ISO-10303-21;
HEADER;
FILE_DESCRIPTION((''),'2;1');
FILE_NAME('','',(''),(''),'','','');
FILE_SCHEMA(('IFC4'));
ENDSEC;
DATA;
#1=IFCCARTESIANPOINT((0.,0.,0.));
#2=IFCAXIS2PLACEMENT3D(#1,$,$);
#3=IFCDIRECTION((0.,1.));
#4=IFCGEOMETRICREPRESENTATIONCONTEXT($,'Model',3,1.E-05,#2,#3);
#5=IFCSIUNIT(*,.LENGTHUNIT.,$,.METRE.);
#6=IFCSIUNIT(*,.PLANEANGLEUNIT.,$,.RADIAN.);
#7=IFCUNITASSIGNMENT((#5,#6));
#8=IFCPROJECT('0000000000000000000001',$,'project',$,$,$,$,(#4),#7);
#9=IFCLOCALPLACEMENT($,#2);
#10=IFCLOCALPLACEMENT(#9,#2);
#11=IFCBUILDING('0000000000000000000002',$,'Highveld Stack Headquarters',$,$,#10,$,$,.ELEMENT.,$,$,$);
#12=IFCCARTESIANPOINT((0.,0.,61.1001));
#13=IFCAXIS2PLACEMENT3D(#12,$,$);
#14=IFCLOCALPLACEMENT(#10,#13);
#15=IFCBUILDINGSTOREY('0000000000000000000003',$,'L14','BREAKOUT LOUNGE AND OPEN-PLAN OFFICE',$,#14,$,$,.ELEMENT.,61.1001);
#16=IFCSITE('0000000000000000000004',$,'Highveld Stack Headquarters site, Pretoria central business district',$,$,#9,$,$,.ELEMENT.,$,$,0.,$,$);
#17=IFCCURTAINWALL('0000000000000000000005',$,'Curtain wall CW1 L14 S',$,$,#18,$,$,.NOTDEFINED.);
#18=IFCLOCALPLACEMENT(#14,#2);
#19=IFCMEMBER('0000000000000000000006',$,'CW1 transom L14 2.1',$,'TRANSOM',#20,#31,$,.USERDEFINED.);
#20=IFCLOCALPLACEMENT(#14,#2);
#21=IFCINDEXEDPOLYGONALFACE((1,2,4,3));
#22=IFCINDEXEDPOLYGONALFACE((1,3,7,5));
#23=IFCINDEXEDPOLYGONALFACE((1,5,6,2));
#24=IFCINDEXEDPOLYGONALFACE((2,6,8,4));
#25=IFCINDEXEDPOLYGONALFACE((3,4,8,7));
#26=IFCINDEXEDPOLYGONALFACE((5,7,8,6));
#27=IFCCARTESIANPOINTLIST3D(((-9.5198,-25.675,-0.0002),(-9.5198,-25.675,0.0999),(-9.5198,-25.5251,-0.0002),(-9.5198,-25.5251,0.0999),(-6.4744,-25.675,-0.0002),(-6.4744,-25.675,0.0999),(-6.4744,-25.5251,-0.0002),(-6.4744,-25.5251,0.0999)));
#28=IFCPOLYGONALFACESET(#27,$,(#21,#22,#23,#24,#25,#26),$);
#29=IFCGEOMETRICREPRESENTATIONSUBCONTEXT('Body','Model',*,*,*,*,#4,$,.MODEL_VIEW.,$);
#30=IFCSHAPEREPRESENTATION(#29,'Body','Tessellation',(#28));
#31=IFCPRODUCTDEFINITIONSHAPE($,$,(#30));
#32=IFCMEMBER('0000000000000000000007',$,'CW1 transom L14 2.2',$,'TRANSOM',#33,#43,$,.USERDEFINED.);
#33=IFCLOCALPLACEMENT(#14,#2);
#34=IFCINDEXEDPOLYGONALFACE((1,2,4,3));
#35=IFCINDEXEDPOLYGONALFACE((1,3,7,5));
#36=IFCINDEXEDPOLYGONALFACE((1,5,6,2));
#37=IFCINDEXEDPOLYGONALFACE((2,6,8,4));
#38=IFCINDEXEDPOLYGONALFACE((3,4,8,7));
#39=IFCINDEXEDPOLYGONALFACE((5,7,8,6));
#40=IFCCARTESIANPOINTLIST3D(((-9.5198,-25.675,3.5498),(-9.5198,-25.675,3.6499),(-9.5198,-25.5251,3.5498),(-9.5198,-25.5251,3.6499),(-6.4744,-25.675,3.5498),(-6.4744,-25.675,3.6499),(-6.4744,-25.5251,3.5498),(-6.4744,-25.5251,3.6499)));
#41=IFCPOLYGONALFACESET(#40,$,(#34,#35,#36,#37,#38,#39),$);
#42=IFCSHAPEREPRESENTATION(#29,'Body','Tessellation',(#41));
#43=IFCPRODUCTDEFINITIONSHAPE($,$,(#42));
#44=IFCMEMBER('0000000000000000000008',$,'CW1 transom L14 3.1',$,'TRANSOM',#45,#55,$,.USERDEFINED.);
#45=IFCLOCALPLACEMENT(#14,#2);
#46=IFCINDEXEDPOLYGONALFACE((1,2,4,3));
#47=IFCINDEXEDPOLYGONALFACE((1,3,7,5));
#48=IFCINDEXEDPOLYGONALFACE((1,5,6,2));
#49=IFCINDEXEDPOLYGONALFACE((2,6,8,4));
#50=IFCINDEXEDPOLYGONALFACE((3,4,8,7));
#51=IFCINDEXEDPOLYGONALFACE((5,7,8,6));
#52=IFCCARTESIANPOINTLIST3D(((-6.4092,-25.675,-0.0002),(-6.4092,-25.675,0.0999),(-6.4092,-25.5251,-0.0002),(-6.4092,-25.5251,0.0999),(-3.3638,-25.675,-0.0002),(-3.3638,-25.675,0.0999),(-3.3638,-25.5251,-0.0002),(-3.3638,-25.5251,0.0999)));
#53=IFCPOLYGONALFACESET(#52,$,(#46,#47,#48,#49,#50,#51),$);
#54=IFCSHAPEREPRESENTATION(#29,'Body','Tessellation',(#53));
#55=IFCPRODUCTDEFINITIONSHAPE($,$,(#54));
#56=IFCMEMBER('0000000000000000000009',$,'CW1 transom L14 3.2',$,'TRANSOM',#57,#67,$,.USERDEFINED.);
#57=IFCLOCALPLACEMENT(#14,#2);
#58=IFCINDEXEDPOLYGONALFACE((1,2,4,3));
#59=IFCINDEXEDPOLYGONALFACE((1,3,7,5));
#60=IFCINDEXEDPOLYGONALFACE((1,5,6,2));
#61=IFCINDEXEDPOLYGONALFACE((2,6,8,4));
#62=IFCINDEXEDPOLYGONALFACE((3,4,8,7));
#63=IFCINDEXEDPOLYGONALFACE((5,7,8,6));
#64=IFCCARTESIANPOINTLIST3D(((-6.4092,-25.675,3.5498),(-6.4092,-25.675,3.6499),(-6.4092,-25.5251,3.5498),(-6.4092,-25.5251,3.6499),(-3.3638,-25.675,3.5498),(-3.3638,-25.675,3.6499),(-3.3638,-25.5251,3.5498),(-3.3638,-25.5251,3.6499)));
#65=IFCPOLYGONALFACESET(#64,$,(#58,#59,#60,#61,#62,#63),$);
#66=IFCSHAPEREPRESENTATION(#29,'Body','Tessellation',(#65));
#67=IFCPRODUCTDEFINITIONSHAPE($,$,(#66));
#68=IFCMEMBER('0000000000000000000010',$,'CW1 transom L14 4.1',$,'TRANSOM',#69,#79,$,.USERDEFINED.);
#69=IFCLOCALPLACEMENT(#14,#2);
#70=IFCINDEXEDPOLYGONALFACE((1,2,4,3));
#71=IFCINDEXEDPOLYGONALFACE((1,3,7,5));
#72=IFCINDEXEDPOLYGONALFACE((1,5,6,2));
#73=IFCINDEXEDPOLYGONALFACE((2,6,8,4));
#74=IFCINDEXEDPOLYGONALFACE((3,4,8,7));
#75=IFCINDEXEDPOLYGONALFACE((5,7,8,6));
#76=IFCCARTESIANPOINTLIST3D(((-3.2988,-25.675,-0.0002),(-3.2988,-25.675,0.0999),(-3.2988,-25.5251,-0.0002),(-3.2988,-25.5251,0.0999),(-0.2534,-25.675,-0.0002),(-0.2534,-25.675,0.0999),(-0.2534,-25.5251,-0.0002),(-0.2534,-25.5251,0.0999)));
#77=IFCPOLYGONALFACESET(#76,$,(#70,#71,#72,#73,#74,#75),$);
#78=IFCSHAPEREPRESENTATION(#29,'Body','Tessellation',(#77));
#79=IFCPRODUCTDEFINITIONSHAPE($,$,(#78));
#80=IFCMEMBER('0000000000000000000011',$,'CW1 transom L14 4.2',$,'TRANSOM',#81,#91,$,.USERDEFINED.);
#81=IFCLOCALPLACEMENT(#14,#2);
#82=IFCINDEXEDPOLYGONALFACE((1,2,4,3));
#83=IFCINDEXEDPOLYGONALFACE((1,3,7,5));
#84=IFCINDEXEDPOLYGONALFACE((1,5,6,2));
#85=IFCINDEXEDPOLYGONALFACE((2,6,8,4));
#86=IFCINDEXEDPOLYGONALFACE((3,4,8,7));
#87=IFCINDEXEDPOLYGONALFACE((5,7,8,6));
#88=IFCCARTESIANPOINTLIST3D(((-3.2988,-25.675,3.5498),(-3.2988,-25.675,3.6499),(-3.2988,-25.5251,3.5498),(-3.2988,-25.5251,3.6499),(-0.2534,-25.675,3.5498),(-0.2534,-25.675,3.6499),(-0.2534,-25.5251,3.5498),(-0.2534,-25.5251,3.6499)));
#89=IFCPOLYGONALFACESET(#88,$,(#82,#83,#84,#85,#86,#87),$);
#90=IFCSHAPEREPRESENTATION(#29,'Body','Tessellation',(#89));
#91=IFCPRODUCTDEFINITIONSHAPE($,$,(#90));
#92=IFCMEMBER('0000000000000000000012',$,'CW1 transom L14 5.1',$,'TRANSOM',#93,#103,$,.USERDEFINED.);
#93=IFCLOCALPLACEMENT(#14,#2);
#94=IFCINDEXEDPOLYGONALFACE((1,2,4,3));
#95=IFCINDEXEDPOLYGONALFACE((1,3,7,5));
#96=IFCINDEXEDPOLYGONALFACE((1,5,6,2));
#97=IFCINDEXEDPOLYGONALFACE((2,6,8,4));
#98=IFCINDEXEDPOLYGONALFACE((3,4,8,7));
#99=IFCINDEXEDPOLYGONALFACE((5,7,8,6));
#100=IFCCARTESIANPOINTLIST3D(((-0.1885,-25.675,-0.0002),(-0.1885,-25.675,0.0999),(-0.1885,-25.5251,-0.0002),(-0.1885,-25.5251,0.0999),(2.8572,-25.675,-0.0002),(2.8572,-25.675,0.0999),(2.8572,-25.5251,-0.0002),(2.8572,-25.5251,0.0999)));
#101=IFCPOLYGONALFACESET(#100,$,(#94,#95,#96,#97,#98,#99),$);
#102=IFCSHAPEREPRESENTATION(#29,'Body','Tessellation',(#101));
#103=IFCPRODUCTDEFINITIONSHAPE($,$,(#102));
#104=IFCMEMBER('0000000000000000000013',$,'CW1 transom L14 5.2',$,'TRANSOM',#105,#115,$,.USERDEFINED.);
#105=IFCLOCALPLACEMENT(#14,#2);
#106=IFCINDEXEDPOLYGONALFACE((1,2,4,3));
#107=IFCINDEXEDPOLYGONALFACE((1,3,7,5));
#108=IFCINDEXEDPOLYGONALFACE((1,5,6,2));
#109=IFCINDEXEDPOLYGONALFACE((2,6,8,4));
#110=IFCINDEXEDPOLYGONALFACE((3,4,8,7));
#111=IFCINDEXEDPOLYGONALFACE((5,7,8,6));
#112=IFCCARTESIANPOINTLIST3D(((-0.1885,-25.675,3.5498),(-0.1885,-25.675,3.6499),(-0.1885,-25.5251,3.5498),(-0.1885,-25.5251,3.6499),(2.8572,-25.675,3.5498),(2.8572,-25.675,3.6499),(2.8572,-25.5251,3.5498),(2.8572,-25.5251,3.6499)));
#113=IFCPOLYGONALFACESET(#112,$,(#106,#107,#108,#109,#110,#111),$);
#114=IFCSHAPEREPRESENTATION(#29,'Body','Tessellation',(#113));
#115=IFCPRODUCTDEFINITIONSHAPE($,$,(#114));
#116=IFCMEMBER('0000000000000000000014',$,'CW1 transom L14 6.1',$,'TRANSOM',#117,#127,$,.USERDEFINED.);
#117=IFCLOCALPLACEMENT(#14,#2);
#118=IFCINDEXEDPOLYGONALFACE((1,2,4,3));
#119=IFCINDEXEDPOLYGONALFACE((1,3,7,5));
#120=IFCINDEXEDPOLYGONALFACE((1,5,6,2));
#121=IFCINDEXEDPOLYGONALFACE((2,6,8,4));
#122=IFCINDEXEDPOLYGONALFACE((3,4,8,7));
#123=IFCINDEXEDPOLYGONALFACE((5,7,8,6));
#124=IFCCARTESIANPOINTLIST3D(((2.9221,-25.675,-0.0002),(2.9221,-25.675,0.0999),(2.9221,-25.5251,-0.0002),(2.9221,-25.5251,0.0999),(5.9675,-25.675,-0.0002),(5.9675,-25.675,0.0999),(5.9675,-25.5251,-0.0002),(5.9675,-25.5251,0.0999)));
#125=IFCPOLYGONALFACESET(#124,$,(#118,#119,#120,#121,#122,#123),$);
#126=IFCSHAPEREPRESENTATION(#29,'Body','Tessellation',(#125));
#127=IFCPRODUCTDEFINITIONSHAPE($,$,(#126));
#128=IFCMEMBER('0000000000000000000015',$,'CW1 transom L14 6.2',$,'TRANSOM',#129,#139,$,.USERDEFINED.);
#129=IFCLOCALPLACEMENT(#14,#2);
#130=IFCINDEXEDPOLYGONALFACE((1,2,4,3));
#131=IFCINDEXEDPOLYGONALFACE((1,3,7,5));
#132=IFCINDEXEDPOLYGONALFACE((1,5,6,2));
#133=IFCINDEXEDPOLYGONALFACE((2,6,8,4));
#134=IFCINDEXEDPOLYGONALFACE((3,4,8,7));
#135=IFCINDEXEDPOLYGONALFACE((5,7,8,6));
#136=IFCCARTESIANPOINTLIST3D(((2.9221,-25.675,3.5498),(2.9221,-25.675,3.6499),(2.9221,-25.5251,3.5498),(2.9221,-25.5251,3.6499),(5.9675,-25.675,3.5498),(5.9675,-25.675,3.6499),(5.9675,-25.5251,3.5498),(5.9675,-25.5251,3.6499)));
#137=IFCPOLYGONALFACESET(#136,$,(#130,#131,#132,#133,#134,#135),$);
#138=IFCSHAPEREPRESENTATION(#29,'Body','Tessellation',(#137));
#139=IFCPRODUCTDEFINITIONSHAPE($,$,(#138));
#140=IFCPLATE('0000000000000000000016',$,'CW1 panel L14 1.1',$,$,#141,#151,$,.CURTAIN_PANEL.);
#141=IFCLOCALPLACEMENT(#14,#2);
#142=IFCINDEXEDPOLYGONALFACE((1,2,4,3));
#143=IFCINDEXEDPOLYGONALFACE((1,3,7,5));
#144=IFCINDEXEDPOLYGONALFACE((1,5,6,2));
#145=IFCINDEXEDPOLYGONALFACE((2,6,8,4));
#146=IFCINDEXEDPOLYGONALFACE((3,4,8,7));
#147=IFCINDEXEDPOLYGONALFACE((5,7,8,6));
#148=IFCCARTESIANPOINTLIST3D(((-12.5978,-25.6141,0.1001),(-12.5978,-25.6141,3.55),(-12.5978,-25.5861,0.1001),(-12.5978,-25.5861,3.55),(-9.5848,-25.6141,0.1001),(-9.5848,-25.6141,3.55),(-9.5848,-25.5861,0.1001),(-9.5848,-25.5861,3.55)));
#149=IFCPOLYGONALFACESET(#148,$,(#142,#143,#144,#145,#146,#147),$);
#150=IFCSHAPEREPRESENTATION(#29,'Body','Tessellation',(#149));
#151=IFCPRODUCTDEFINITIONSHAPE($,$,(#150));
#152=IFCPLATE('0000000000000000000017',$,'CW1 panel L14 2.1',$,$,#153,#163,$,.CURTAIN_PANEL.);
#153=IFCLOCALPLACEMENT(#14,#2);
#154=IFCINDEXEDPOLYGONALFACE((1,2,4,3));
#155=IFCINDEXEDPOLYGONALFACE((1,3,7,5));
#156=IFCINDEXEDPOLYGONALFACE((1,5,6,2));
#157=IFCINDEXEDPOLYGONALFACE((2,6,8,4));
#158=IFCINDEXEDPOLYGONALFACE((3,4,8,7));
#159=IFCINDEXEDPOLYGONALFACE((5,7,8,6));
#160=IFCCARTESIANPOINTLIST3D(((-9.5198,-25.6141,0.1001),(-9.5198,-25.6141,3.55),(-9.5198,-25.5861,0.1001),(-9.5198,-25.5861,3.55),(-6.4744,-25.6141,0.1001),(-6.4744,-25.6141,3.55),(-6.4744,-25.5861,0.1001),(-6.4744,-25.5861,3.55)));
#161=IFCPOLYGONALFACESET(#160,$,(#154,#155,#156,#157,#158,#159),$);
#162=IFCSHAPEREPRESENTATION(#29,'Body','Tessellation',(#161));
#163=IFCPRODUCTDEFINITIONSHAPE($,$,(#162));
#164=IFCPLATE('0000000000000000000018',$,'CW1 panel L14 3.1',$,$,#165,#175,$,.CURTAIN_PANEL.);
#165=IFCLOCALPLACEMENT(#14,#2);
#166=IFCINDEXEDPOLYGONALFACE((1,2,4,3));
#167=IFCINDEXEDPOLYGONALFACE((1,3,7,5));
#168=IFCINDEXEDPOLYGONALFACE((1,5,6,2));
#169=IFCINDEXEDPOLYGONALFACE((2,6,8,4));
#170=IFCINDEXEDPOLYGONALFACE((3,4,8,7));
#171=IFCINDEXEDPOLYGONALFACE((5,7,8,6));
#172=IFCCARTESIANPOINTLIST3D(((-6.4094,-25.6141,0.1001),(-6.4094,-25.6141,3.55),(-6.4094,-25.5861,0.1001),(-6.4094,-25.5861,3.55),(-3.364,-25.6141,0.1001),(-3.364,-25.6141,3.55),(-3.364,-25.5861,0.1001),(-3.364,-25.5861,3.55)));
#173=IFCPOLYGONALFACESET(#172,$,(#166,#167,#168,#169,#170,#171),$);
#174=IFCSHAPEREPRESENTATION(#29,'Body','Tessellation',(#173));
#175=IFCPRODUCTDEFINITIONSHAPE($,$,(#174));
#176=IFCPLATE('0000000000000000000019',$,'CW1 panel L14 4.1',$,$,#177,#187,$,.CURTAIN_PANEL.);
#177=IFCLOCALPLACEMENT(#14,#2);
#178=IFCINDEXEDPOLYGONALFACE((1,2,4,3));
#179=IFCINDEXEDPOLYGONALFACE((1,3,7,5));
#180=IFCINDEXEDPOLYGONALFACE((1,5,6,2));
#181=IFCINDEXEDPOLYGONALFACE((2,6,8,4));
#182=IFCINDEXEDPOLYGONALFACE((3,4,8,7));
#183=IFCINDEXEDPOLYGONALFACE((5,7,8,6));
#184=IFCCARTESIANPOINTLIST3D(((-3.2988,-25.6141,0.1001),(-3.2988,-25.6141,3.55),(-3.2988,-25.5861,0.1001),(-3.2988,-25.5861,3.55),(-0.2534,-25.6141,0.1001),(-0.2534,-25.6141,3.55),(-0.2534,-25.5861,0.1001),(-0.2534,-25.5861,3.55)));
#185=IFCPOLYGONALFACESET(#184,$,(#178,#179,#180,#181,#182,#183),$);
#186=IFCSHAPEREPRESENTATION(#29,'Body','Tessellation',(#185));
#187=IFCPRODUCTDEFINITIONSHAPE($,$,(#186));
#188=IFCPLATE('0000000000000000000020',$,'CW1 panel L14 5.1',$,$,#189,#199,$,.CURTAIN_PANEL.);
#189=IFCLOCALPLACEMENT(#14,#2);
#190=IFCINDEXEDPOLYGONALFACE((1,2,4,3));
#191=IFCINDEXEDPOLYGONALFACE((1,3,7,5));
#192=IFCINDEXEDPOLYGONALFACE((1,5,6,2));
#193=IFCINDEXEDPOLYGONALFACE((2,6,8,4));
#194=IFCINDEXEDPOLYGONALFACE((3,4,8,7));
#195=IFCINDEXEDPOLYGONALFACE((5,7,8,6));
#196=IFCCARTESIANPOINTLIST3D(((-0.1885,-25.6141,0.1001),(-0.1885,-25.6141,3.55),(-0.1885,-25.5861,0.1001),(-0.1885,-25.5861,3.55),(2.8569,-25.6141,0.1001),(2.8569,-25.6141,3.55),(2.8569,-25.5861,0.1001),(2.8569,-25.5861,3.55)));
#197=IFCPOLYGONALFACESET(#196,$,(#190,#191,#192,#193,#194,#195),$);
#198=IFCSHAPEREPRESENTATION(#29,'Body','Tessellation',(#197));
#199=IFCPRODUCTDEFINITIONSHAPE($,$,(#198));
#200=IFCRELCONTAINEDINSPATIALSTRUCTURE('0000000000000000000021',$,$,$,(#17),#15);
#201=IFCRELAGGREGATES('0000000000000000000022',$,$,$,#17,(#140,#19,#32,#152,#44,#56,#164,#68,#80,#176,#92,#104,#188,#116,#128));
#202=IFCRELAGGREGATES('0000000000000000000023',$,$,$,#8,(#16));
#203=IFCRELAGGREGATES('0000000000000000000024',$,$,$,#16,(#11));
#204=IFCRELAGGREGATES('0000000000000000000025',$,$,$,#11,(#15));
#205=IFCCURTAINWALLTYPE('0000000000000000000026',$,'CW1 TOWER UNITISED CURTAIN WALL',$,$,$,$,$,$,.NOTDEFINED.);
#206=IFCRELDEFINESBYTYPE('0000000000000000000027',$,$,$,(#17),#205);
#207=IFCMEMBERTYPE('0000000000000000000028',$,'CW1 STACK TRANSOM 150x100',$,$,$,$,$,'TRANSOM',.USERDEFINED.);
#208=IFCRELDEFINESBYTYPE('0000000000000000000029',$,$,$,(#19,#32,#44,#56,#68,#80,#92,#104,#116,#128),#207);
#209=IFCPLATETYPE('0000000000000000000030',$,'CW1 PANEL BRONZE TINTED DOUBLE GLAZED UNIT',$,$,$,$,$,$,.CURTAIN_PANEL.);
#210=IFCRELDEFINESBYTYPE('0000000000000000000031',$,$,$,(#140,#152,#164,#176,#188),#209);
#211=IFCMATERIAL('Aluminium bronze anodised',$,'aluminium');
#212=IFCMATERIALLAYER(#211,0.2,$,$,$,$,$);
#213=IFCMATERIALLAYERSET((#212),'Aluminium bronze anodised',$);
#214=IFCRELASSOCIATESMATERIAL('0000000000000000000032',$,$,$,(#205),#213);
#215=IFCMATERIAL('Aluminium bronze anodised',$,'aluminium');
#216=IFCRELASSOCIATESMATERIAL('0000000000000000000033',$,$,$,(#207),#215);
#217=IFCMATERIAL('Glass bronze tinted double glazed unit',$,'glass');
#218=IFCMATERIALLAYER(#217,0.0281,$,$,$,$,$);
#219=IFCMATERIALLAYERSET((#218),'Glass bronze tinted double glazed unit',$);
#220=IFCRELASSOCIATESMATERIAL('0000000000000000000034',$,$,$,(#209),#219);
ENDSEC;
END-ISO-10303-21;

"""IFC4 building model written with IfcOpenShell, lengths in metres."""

from ifc_helpers import new_model, si_unit, direction, frame, origin, origin_2d, place, context, subcontext, project, spatial, rectangle, extrude, material, layer, layer_set, material_profile, profile_set, type_object, element, aggregate, save


model = new_model("IFC4")

# Units and contexts
model_context = context("Model", 3, precision=1e-05, world=origin(), true_north=direction((0.0, 1.0)))
body_context = subcontext(model_context, "Body", "Model", "MODEL_VIEW")
ifc_project = project(units=[si_unit("LENGTHUNIT", "METRE"), si_unit("PLANEANGLEUNIT", "RADIAN")], contexts=[model_context])

# Site, building, storey
site_placement = place(None, origin())
site = spatial("IfcSite", under=ifc_project, at=site_placement, Name="Highveld Stack Headquarters site, Pretoria central business district", CompositionType="ELEMENT", RefElevation=0.0)
building_placement = place(site_placement, origin())
building = spatial("IfcBuilding", under=site, at=building_placement, Name="Highveld Stack Headquarters", CompositionType="ELEMENT")
storey_placement = place(building_placement, frame((0.0, 0.0, 61.1001)))
storey = spatial("IfcBuildingStorey", under=building, at=storey_placement, Name="L14", Description="BREAKOUT LOUNGE AND OPEN-PLAN OFFICE", CompositionType="ELEMENT", Elevation=61.1001)

# Curtain wall, members, plates
ifc_material_1 = material(Name="Aluminium bronze anodised", Category="aluminium")
ifc_layer_1 = layer(ifc_material_1, 0.2)
ifc_layer_set_1 = layer_set([ifc_layer_1], Name="Aluminium bronze anodised")
curtain_wall_type = type_object("IfcCurtainWallType", Name="CW1 TOWER UNITISED CURTAIN WALL", PredefinedType="NOTDEFINED", material=ifc_layer_set_1)
curtain_wall_placement = place(storey_placement, origin())
curtain_wall = element("IfcCurtainWall", 1, at=curtain_wall_placement, inside=storey, type_object=curtain_wall_type, Name="Curtain wall CW1 L14 S", PredefinedType="NOTDEFINED")
ifc_material_2 = material(Name="Aluminium bronze anodised", Category="aluminium")
ifc_material_profile_1 = material_profile(ifc_material_2, rectangle(XDim=0.1499, YDim=0.1001, at=origin_2d()), Name="CW1 TRANSOM 150x100")
ifc_profile_set_1 = profile_set([ifc_material_profile_1], Name="Aluminium bronze anodised")
member_type_1 = type_object("IfcMemberType", Name="CW1 STACK TRANSOM 150x100", ElementType="TRANSOM", PredefinedType="USERDEFINED", material=ifc_profile_set_1)
member_1_placement = place(storey_placement, frame((-9.5198, -25.6001, 0.0498), z_axis=(1.0, 0.0, 0.0), x_axis=(0.0, 1.0, 0.0)))
member_1 = element("IfcMember", 2, at=member_1_placement, type_object=member_type_1, Name="CW1 transom L14 2.1", ObjectType="TRANSOM", PredefinedType="USERDEFINED", context=body_context, shape_type="SweptSolid", body=[
    extrude(rectangle(XDim=0.1499, YDim=0.1001, at=origin_2d()), origin(), (0.0, 0.0, 1.0), 3.0454),
])
member_2_placement = place(storey_placement, frame((-9.5198, -25.6001, 3.5999), z_axis=(1.0, 0.0, 0.0), x_axis=(0.0, 1.0, 0.0)))
member_2 = element("IfcMember", 3, at=member_2_placement, type_object=member_type_1, Name="CW1 transom L14 2.2", ObjectType="TRANSOM", PredefinedType="USERDEFINED", context=body_context, shape_type="SweptSolid", body=[
    extrude(rectangle(XDim=0.1499, YDim=0.1001, at=origin_2d()), origin(), (0.0, 0.0, 1.0), 3.0454),
])
member_3_placement = place(storey_placement, frame((-6.4092, -25.6001, 0.0498), z_axis=(1.0, 0.0, 0.0), x_axis=(0.0, 1.0, 0.0)))
member_3 = element("IfcMember", 4, at=member_3_placement, type_object=member_type_1, Name="CW1 transom L14 3.1", ObjectType="TRANSOM", PredefinedType="USERDEFINED", context=body_context, shape_type="SweptSolid", body=[
    extrude(rectangle(XDim=0.1499, YDim=0.1001, at=origin_2d()), origin(), (0.0, 0.0, 1.0), 3.0454),
])
member_4_placement = place(storey_placement, frame((-6.4092, -25.6001, 3.5999), z_axis=(1.0, 0.0, 0.0), x_axis=(0.0, 1.0, 0.0)))
member_4 = element("IfcMember", 5, at=member_4_placement, type_object=member_type_1, Name="CW1 transom L14 3.2", ObjectType="TRANSOM", PredefinedType="USERDEFINED", context=body_context, shape_type="SweptSolid", body=[
    extrude(rectangle(XDim=0.1499, YDim=0.1001, at=origin_2d()), origin(), (0.0, 0.0, 1.0), 3.0454),
])
member_5_placement = place(storey_placement, frame((-3.2988, -25.6001, 0.0498), z_axis=(1.0, 0.0, 0.0), x_axis=(0.0, 1.0, 0.0)))
member_5 = element("IfcMember", 6, at=member_5_placement, type_object=member_type_1, Name="CW1 transom L14 4.1", ObjectType="TRANSOM", PredefinedType="USERDEFINED", context=body_context, shape_type="SweptSolid", body=[
    extrude(rectangle(XDim=0.1499, YDim=0.1001, at=origin_2d()), origin(), (0.0, 0.0, 1.0), 3.0454),
])
member_6_placement = place(storey_placement, frame((-3.2988, -25.6001, 3.5999), z_axis=(1.0, 0.0, 0.0), x_axis=(0.0, 1.0, 0.0)))
member_6 = element("IfcMember", 7, at=member_6_placement, type_object=member_type_1, Name="CW1 transom L14 4.2", ObjectType="TRANSOM", PredefinedType="USERDEFINED", context=body_context, shape_type="SweptSolid", body=[
    extrude(rectangle(XDim=0.1499, YDim=0.1001, at=origin_2d()), origin(), (0.0, 0.0, 1.0), 3.0454),
])
member_7_placement = place(storey_placement, frame((-0.1885, -25.6001, 0.0498), z_axis=(1.0, 0.0, 0.0), x_axis=(0.0, 1.0, 0.0)))
member_7 = element("IfcMember", 8, at=member_7_placement, type_object=member_type_1, Name="CW1 transom L14 5.1", ObjectType="TRANSOM", PredefinedType="USERDEFINED", context=body_context, shape_type="SweptSolid", body=[
    extrude(rectangle(XDim=0.1499, YDim=0.1001, at=origin_2d()), origin(), (0.0, 0.0, 1.0), 3.0457),
])
member_8_placement = place(storey_placement, frame((-0.1885, -25.6001, 3.5999), z_axis=(1.0, 0.0, 0.0), x_axis=(0.0, 1.0, 0.0)))
member_8 = element("IfcMember", 9, at=member_8_placement, type_object=member_type_1, Name="CW1 transom L14 5.2", ObjectType="TRANSOM", PredefinedType="USERDEFINED", context=body_context, shape_type="SweptSolid", body=[
    extrude(rectangle(XDim=0.1499, YDim=0.1001, at=origin_2d()), origin(), (0.0, 0.0, 1.0), 3.0457),
])
member_9_placement = place(storey_placement, frame((2.9221, -25.6001, 0.0498), z_axis=(1.0, 0.0, 0.0), x_axis=(0.0, 1.0, 0.0)))
member_9 = element("IfcMember", 10, at=member_9_placement, type_object=member_type_1, Name="CW1 transom L14 6.1", ObjectType="TRANSOM", PredefinedType="USERDEFINED", context=body_context, shape_type="SweptSolid", body=[
    extrude(rectangle(XDim=0.1499, YDim=0.1001, at=origin_2d()), origin(), (0.0, 0.0, 1.0), 3.0454),
])
member_10_placement = place(storey_placement, frame((2.9221, -25.6001, 3.5999), z_axis=(1.0, 0.0, 0.0), x_axis=(0.0, 1.0, 0.0)))
member_10 = element("IfcMember", 11, at=member_10_placement, type_object=member_type_1, Name="CW1 transom L14 6.2", ObjectType="TRANSOM", PredefinedType="USERDEFINED", context=body_context, shape_type="SweptSolid", body=[
    extrude(rectangle(XDim=0.1499, YDim=0.1001, at=origin_2d()), origin(), (0.0, 0.0, 1.0), 3.0454),
])
ifc_material_3 = material(Name="Glass bronze tinted double glazed unit", Category="glass")
ifc_layer_2 = layer(ifc_material_3, 0.0281)
ifc_layer_set_2 = layer_set([ifc_layer_2], Name="Glass bronze tinted double glazed unit")
plate_type = type_object("IfcPlateType", Name="CW1 PANEL BRONZE TINTED DOUBLE GLAZED UNIT", PredefinedType="CURTAIN_PANEL", material=ifc_layer_set_2)
plate_1_placement = place(storey_placement, frame((-11.0913, -25.6001, 0.1001), z_axis=(0.0, 0.0, 1.0), x_axis=(1.0, 0.0, 0.0)))
plate_1 = element("IfcPlate", 12, at=plate_1_placement, type_object=plate_type, Name="CW1 panel L14 1.1", PredefinedType="CURTAIN_PANEL", context=body_context, shape_type="SweptSolid", body=[
    extrude(rectangle(XDim=3.0129, YDim=0.0281, at=origin_2d()), origin(), (0.0, 0.0, 1.0), 3.45),
])
plate_2_placement = place(storey_placement, frame((-7.9971, -25.6001, 0.1001), z_axis=(0.0, 0.0, 1.0), x_axis=(1.0, 0.0, 0.0)))
plate_2 = element("IfcPlate", 13, at=plate_2_placement, type_object=plate_type, Name="CW1 panel L14 2.1", PredefinedType="CURTAIN_PANEL", context=body_context, shape_type="SweptSolid", body=[
    extrude(rectangle(XDim=3.0454, YDim=0.0281, at=origin_2d()), origin(), (0.0, 0.0, 1.0), 3.45),
])
plate_3_placement = place(storey_placement, frame((-4.8867, -25.6001, 0.1001), z_axis=(0.0, 0.0, 1.0), x_axis=(1.0, 0.0, 0.0)))
plate_3 = element("IfcPlate", 14, at=plate_3_placement, type_object=plate_type, Name="CW1 panel L14 3.1", PredefinedType="CURTAIN_PANEL", context=body_context, shape_type="SweptSolid", body=[
    extrude(rectangle(XDim=3.0454, YDim=0.0281, at=origin_2d()), origin(), (0.0, 0.0, 1.0), 3.45),
])
plate_4_placement = place(storey_placement, frame((-1.7761, -25.6001, 0.1001), z_axis=(0.0, 0.0, 1.0), x_axis=(1.0, 0.0, 0.0)))
plate_4 = element("IfcPlate", 15, at=plate_4_placement, type_object=plate_type, Name="CW1 panel L14 4.1", PredefinedType="CURTAIN_PANEL", context=body_context, shape_type="SweptSolid", body=[
    extrude(rectangle(XDim=3.0454, YDim=0.0281, at=origin_2d()), origin(), (0.0, 0.0, 1.0), 3.45),
])
plate_5_placement = place(storey_placement, frame((1.3342, -25.6001, 0.1001), z_axis=(0.0, 0.0, 1.0), x_axis=(1.0, 0.0, 0.0)))
plate_5 = element("IfcPlate", 16, at=plate_5_placement, type_object=plate_type, Name="CW1 panel L14 5.1", PredefinedType="CURTAIN_PANEL", context=body_context, shape_type="SweptSolid", body=[
    extrude(rectangle(XDim=3.0454, YDim=0.0281, at=origin_2d()), origin(), (0.0, 0.0, 1.0), 3.45),
])
aggregate(curtain_wall, [plate_1, member_1, member_2, plate_2, member_3, member_4, plate_3, member_5, member_6, plate_4, member_7, member_8, plate_5, member_9, member_10])

save(model, "model.ifc")
